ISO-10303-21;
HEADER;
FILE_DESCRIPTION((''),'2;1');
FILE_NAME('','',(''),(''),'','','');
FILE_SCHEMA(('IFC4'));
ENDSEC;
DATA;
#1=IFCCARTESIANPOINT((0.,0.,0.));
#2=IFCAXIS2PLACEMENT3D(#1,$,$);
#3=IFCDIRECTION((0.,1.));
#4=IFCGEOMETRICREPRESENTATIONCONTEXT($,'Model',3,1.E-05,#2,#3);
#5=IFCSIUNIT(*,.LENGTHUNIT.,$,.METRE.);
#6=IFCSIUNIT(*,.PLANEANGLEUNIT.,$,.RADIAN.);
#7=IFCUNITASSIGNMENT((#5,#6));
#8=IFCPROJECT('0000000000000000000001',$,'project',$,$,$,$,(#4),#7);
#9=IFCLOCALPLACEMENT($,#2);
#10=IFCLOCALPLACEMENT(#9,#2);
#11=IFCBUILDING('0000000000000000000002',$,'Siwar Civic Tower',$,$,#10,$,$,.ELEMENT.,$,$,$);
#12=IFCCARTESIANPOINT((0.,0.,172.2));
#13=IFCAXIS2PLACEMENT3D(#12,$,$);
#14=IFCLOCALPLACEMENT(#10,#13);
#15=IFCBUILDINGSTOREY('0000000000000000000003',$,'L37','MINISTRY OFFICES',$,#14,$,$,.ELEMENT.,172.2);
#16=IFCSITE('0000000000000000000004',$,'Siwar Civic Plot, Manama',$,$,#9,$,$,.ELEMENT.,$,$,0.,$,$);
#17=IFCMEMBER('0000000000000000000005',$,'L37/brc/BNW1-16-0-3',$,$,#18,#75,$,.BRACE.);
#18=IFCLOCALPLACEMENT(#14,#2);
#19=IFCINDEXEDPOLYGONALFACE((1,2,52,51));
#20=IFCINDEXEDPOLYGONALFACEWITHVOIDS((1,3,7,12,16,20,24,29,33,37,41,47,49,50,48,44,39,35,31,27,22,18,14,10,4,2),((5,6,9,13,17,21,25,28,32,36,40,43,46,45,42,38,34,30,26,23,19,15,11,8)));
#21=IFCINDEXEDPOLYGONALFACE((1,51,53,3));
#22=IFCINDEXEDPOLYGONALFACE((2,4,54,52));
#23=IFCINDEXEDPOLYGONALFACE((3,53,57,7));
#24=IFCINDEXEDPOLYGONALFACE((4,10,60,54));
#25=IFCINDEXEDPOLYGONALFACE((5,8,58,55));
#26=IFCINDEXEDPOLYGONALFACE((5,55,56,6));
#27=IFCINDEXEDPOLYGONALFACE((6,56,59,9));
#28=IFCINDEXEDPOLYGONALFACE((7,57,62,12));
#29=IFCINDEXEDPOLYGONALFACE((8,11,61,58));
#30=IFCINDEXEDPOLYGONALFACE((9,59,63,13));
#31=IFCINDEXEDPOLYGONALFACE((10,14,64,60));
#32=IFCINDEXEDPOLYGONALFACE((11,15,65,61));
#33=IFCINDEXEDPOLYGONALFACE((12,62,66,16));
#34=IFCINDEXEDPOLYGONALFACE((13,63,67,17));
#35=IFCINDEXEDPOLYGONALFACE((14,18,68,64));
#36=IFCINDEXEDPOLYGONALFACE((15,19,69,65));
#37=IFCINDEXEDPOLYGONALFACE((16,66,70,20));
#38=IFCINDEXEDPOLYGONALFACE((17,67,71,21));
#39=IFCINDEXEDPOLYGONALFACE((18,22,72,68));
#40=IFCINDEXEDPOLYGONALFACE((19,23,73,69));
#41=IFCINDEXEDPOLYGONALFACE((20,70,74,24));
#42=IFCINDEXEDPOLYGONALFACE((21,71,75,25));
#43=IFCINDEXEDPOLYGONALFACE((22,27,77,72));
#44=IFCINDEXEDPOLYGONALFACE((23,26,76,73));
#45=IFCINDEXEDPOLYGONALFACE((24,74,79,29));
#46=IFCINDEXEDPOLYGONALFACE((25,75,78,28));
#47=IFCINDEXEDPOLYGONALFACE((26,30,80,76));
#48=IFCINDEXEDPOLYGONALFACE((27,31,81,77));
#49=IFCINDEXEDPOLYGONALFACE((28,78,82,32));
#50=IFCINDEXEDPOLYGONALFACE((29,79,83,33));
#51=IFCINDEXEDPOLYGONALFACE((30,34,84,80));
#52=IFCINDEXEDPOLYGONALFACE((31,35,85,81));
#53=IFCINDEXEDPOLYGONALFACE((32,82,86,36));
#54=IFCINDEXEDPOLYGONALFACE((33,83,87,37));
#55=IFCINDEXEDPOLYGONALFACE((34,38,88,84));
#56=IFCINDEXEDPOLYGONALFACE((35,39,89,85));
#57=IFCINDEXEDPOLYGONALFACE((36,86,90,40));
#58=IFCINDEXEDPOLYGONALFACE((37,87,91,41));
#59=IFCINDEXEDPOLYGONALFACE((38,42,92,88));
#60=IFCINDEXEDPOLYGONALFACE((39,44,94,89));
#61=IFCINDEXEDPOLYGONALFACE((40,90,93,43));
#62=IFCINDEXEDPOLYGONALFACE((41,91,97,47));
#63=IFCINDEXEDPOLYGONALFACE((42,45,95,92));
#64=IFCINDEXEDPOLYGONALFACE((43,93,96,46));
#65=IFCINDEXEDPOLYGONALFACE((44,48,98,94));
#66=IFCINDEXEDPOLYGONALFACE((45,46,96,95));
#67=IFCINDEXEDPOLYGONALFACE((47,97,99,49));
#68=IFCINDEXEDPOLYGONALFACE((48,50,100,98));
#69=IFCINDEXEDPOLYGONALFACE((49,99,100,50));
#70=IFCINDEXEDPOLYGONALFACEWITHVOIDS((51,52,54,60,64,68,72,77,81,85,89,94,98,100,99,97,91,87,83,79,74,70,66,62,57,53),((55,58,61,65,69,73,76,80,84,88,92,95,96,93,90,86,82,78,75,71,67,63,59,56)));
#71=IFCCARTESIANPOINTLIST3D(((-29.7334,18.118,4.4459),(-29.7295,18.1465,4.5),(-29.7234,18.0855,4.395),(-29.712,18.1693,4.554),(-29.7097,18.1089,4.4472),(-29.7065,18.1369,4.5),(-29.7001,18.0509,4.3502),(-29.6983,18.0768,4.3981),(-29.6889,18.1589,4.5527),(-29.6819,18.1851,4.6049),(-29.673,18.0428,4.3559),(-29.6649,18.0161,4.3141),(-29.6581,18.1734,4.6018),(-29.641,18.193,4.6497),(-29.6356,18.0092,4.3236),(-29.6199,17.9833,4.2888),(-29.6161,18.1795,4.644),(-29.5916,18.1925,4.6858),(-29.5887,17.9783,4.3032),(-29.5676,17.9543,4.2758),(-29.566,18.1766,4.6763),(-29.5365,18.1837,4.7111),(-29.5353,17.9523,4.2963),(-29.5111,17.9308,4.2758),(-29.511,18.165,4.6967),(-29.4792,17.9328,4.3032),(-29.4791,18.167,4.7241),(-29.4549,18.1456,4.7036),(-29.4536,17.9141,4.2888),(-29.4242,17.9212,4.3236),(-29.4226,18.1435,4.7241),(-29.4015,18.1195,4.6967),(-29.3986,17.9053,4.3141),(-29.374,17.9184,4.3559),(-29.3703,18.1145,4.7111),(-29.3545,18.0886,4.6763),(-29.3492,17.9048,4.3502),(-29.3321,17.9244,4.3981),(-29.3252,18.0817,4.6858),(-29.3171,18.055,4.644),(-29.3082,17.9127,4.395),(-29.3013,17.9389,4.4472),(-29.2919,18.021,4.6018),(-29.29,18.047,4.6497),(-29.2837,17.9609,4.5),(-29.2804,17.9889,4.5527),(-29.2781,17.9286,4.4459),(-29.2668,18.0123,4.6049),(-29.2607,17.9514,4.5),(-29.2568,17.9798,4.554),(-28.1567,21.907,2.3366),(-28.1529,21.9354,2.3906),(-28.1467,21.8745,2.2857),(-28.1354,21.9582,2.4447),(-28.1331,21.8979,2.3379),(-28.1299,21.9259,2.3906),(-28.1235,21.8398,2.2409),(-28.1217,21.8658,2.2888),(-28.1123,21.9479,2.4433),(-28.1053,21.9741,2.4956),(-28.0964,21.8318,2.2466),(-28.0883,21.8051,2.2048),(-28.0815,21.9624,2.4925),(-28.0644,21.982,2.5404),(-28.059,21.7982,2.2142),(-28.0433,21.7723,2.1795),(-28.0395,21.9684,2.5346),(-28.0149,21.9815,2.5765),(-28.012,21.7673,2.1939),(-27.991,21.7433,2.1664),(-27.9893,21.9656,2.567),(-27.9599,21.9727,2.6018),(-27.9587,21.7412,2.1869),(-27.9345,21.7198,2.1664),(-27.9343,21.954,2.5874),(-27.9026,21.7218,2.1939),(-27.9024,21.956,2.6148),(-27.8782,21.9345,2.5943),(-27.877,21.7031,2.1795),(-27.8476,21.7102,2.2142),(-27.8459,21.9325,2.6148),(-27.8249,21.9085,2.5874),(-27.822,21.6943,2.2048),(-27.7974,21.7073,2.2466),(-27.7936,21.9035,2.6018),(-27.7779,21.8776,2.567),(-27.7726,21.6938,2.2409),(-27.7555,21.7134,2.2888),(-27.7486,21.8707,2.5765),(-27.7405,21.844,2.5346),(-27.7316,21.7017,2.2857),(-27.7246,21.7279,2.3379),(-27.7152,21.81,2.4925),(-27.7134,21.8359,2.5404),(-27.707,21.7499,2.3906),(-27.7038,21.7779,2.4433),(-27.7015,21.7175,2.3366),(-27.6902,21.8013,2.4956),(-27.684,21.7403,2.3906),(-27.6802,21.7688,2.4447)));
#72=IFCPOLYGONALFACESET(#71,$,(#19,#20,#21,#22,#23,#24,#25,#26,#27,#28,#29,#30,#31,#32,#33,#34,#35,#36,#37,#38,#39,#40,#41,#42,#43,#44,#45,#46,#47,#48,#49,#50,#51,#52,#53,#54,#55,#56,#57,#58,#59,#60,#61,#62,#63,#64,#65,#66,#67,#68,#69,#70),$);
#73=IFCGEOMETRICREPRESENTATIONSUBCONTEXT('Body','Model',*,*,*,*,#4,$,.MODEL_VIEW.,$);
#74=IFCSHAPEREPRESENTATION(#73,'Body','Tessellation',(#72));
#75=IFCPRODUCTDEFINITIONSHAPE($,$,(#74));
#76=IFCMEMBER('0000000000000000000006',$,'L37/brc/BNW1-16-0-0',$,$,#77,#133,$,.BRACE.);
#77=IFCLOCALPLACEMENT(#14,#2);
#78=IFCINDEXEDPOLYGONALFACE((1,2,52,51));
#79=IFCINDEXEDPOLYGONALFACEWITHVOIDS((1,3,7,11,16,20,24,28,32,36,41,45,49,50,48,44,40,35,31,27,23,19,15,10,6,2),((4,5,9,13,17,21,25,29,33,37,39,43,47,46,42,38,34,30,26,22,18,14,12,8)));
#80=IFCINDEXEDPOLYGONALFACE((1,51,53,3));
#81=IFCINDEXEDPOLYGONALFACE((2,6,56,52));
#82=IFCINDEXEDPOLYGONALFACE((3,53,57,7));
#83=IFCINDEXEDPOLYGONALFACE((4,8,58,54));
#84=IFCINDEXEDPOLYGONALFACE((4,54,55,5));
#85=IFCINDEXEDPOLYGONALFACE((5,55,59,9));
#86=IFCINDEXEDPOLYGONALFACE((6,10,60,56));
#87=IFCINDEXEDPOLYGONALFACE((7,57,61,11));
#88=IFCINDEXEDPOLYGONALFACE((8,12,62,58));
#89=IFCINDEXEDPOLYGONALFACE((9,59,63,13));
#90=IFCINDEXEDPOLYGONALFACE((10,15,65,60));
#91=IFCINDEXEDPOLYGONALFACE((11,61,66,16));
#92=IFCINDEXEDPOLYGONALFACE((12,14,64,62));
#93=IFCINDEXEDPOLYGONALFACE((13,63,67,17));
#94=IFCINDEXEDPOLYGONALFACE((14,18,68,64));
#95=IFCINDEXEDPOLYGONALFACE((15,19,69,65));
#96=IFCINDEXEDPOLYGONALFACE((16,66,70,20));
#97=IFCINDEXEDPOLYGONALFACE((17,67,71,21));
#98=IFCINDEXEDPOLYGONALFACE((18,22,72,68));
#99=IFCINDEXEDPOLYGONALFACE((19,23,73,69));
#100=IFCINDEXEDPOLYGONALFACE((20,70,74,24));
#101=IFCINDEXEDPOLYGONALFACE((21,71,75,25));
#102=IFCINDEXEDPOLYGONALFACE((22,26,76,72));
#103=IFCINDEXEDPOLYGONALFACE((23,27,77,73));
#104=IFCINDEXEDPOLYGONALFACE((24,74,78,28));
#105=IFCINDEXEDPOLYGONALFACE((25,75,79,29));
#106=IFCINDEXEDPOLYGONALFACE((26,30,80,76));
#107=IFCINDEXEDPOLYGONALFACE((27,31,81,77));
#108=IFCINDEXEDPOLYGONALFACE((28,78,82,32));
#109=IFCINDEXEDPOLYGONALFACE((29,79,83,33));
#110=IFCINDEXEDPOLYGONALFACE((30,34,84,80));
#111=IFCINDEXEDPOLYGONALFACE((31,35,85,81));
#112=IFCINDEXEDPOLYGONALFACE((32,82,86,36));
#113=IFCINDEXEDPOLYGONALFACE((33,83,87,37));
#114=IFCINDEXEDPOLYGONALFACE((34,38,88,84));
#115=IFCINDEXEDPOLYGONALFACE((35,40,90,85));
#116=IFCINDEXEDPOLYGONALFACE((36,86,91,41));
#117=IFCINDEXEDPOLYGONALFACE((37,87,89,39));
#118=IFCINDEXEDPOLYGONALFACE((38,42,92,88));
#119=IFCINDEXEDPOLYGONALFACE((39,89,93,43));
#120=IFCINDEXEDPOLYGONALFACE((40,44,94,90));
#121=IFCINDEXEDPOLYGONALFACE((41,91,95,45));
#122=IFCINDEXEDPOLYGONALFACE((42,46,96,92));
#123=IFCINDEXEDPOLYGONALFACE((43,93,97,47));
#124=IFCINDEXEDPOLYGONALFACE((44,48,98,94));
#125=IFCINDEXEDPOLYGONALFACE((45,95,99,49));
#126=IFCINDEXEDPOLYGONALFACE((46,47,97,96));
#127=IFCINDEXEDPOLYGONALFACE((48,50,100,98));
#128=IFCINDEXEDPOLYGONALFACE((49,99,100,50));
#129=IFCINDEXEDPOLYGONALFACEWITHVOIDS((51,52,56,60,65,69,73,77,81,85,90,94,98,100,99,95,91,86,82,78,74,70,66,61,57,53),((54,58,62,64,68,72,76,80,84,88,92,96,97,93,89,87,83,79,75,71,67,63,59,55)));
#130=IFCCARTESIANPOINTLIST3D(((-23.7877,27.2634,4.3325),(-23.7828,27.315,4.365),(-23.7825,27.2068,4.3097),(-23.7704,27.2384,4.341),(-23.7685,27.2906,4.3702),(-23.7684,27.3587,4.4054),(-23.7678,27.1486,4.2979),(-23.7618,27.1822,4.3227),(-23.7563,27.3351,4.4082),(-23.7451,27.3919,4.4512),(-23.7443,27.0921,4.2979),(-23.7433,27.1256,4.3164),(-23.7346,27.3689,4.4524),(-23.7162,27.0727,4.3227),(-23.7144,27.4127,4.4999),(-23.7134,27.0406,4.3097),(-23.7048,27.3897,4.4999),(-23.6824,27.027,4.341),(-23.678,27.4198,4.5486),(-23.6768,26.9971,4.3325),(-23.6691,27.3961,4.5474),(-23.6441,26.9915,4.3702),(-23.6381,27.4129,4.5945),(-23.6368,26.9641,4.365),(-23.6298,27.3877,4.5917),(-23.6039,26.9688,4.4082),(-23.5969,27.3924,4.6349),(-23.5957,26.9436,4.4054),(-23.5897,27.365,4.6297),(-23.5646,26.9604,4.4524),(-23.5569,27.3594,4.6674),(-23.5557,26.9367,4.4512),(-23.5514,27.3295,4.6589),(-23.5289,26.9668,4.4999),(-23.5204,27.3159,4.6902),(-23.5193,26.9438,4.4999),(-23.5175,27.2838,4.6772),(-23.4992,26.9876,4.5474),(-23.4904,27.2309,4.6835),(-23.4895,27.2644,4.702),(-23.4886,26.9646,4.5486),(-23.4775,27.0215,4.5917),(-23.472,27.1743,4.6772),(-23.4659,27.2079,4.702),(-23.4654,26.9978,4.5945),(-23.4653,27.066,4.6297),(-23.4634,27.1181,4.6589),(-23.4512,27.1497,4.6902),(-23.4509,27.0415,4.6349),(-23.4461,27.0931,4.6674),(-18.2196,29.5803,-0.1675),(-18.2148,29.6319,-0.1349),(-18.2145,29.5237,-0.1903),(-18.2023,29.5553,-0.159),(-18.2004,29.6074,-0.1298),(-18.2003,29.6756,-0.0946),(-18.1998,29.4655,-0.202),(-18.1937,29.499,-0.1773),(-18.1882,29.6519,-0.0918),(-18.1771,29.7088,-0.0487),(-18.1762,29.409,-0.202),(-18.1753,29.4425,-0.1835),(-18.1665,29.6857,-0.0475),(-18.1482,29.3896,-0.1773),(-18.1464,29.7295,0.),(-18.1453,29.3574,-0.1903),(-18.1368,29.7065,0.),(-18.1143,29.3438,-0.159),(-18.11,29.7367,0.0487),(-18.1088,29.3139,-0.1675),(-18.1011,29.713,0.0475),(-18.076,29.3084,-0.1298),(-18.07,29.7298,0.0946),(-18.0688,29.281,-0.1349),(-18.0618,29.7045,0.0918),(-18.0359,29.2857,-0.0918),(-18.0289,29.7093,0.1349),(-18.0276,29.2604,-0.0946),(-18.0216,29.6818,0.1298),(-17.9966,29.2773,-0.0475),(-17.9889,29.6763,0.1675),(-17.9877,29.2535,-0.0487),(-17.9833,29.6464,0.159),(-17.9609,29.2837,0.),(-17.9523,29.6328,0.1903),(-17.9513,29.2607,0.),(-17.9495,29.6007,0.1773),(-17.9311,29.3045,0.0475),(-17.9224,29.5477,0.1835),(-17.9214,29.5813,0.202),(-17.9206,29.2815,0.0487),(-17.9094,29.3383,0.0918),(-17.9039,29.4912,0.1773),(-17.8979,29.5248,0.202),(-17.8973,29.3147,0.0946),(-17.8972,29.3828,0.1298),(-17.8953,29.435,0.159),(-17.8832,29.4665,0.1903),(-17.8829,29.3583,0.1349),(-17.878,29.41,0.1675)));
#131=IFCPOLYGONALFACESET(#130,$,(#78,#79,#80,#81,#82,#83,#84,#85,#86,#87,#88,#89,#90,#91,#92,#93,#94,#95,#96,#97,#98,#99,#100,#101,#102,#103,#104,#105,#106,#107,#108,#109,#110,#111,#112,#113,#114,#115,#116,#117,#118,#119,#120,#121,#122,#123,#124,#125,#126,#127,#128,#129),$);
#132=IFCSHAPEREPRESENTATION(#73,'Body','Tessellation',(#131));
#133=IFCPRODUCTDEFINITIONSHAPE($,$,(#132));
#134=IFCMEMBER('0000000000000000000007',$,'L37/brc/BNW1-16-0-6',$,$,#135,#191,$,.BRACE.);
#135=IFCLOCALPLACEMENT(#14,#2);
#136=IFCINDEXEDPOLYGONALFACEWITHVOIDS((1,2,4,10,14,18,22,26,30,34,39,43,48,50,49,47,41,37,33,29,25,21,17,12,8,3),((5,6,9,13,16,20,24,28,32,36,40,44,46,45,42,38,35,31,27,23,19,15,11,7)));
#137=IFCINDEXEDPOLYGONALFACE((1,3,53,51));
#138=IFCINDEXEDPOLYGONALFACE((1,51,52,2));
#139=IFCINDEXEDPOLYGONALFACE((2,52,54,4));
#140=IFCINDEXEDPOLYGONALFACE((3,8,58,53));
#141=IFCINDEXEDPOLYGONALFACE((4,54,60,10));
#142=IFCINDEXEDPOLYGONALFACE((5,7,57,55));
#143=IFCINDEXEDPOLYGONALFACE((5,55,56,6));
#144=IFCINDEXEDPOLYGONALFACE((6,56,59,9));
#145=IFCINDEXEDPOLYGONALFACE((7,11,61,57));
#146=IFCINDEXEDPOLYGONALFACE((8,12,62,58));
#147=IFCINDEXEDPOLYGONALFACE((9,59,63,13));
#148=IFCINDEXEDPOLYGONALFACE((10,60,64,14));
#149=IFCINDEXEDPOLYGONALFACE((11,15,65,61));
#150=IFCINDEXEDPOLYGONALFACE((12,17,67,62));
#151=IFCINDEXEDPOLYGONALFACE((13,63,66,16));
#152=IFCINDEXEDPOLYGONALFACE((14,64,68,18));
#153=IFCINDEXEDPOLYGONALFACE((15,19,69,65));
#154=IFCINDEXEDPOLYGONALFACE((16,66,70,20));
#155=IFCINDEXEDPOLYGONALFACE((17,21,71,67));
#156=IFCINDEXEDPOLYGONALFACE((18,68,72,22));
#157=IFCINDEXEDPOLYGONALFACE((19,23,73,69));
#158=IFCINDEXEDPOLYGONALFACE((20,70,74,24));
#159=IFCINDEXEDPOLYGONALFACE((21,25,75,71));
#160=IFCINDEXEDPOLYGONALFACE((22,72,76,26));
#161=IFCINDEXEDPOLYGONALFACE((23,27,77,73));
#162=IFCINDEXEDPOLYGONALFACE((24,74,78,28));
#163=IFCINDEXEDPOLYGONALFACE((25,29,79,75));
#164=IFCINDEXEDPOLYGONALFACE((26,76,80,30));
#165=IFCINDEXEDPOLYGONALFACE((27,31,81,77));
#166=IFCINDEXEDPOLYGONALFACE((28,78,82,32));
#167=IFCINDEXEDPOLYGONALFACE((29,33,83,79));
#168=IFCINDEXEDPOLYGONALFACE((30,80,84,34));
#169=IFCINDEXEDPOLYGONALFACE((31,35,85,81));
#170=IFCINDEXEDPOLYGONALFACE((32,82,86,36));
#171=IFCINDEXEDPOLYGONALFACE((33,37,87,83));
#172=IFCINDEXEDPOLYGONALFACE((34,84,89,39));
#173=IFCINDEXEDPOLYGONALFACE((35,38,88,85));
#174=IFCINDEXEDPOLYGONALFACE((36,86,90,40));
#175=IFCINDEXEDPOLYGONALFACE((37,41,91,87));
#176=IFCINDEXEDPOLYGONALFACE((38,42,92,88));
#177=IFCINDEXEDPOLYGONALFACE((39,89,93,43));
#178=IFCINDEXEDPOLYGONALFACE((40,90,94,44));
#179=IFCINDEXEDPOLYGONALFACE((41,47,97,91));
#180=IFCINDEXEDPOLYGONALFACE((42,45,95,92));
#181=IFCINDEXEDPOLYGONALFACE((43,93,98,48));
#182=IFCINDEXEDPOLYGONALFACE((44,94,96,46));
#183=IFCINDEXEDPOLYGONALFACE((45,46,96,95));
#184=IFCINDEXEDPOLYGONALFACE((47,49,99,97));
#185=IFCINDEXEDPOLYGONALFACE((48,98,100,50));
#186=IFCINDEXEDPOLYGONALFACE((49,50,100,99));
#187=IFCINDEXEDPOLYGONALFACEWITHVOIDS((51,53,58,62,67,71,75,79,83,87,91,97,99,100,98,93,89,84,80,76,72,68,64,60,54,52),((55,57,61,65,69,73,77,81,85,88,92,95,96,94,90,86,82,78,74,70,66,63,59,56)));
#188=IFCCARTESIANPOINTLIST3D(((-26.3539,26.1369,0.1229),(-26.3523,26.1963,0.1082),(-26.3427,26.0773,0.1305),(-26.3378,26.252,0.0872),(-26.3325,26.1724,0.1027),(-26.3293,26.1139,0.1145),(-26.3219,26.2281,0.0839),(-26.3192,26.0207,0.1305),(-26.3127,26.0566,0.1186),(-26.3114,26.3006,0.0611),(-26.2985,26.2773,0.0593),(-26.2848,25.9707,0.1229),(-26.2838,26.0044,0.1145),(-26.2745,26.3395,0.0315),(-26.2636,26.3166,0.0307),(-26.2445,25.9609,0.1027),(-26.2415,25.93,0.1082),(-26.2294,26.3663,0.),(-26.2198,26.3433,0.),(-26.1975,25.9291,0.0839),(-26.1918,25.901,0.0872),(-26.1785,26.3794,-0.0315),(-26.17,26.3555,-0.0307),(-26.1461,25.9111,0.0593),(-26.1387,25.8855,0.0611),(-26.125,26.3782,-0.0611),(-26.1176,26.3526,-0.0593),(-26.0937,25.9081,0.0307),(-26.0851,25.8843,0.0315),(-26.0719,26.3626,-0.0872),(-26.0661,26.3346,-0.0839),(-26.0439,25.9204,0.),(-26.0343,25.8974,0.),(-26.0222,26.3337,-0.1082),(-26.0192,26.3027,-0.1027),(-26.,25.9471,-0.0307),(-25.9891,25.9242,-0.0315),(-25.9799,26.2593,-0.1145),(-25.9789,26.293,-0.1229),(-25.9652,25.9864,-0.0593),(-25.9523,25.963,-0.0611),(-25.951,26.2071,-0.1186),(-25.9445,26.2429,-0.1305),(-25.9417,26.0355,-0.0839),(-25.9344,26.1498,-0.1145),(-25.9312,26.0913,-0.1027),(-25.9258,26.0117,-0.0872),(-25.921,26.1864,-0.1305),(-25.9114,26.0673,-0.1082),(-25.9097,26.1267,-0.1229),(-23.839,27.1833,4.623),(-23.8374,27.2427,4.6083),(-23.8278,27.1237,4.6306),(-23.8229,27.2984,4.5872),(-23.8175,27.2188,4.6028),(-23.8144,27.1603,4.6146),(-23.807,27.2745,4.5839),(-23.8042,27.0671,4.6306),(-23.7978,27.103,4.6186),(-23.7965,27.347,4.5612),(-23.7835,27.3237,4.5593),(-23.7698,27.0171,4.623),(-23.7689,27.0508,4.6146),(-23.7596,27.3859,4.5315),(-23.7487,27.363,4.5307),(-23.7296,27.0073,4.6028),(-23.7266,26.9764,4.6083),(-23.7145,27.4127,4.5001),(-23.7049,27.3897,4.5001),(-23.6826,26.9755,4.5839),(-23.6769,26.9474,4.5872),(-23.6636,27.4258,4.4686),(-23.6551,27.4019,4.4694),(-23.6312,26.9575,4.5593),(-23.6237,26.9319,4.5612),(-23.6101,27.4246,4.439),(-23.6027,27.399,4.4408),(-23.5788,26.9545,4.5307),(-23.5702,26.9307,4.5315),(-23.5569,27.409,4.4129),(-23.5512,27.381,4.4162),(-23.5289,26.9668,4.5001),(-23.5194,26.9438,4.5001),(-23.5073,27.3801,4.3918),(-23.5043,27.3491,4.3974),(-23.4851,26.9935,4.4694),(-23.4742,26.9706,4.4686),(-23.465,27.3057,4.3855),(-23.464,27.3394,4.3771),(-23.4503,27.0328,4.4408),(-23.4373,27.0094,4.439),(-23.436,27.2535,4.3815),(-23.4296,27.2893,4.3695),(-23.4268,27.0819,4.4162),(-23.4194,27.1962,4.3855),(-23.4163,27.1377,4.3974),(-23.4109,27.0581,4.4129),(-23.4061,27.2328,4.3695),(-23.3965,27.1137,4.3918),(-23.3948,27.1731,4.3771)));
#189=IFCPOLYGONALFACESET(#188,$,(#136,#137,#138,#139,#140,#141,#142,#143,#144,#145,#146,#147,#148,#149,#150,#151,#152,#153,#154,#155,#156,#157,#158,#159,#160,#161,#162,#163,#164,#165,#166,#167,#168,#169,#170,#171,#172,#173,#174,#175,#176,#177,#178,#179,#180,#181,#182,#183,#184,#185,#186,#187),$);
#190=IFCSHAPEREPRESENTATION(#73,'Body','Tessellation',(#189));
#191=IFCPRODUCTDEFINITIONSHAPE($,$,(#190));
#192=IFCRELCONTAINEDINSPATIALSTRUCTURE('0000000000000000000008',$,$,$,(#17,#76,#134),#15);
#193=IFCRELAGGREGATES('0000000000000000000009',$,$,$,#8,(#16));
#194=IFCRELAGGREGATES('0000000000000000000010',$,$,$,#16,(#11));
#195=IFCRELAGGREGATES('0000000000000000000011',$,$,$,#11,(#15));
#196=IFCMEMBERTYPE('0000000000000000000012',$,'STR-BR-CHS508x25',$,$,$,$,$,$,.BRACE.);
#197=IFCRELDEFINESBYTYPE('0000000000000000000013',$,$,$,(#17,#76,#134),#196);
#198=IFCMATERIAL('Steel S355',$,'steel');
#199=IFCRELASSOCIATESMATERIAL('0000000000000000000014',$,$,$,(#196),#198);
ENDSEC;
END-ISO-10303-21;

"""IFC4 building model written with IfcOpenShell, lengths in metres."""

from ifc_helpers import new_model, si_unit, direction, frame, origin, origin_2d, place, context, subcontext, project, spatial, hollow_circle, extrude, material, material_profile, profile_set, type_object, element, save


model = new_model("IFC4")

# Units and contexts
model_context = context("Model", 3, precision=1e-05, world=origin(), true_north=direction((0.0, 1.0)))
body_context = subcontext(model_context, "Body", "Model", "MODEL_VIEW")
ifc_project = project(units=[si_unit("LENGTHUNIT", "METRE"), si_unit("PLANEANGLEUNIT", "RADIAN")], contexts=[model_context])

# Site, building, storey
site_placement = place(None, origin())
site = spatial("IfcSite", under=ifc_project, at=site_placement, Name="Siwar Civic Plot, Manama", CompositionType="ELEMENT", RefElevation=0.0)
building_placement = place(site_placement, origin())
building = spatial("IfcBuilding", under=site, at=building_placement, Name="Siwar Civic Tower", CompositionType="ELEMENT")
storey_placement = place(building_placement, frame((0.0, 0.0, 172.2)))
storey = spatial("IfcBuildingStorey", under=building, at=storey_placement, Name="L37", Description="MINISTRY OFFICES", CompositionType="ELEMENT", Elevation=172.2)

# Members
ifc_material_1 = material(Name="Steel S355", Category="steel")
ifc_material_profile_1 = material_profile(ifc_material_1, hollow_circle(Radius=0.2539, WallThickness=0.0249, at=origin_2d()), Name="CHS508x25")
ifc_profile_set_1 = profile_set([ifc_material_profile_1], Name="Steel S355")
member_type_1 = type_object("IfcMemberType", Name="STR-BR-CHS508x25", PredefinedType="BRACE", material=ifc_profile_set_1)
member_1_placement = place(storey_placement, frame((-27.9185, 21.8379, 2.3906), z_axis=(-0.341686, -0.821146, 0.457133), x_axis=(0.92326, -0.384176, 0.0)))
element("IfcMember", 1, at=member_1_placement, inside=storey, type_object=member_type_1, Name="L37/brc/BNW1-16-0-3", PredefinedType="BRACE", context=body_context, shape_type="SweptSolid", body=[
    extrude(hollow_circle(Radius=0.2539, WallThickness=0.0249, at=origin_2d()), origin(), (0.0, 0.0, 1.0), 4.6143),
])
member_2_placement = place(storey_placement, frame((-18.0488, 29.4951, 0.0), z_axis=(-0.739973, -0.307903, 0.598026), x_axis=(0.38417, -0.923262, 0.0)))
element("IfcMember", 2, at=member_2_placement, inside=storey, type_object=member_type_1, Name="L37/brc/BNW1-16-0-0", PredefinedType="BRACE", context=body_context, shape_type="SweptSolid", body=[
    extrude(hollow_circle(Radius=0.2539, WallThickness=0.0249, at=origin_2d()), origin(), (0.0, 0.0, 1.0), 7.5247),
])
member_3_placement = place(storey_placement, frame((-26.1318, 26.1318, 0.0), z_axis=(0.478099, 0.198926, 0.855482), x_axis=(-0.384151, 0.92327, 0.0)))
element("IfcMember", 3, at=member_3_placement, inside=storey, type_object=member_type_1, Name="L37/brc/BNW1-16-0-6", PredefinedType="BRACE", context=body_context, shape_type="SweptSolid", body=[
    extrude(hollow_circle(Radius=0.2539, WallThickness=0.0249, at=origin_2d()), origin(), (0.0, 0.0, 1.0), 5.2603),
])

save(model, "model.ifc")
